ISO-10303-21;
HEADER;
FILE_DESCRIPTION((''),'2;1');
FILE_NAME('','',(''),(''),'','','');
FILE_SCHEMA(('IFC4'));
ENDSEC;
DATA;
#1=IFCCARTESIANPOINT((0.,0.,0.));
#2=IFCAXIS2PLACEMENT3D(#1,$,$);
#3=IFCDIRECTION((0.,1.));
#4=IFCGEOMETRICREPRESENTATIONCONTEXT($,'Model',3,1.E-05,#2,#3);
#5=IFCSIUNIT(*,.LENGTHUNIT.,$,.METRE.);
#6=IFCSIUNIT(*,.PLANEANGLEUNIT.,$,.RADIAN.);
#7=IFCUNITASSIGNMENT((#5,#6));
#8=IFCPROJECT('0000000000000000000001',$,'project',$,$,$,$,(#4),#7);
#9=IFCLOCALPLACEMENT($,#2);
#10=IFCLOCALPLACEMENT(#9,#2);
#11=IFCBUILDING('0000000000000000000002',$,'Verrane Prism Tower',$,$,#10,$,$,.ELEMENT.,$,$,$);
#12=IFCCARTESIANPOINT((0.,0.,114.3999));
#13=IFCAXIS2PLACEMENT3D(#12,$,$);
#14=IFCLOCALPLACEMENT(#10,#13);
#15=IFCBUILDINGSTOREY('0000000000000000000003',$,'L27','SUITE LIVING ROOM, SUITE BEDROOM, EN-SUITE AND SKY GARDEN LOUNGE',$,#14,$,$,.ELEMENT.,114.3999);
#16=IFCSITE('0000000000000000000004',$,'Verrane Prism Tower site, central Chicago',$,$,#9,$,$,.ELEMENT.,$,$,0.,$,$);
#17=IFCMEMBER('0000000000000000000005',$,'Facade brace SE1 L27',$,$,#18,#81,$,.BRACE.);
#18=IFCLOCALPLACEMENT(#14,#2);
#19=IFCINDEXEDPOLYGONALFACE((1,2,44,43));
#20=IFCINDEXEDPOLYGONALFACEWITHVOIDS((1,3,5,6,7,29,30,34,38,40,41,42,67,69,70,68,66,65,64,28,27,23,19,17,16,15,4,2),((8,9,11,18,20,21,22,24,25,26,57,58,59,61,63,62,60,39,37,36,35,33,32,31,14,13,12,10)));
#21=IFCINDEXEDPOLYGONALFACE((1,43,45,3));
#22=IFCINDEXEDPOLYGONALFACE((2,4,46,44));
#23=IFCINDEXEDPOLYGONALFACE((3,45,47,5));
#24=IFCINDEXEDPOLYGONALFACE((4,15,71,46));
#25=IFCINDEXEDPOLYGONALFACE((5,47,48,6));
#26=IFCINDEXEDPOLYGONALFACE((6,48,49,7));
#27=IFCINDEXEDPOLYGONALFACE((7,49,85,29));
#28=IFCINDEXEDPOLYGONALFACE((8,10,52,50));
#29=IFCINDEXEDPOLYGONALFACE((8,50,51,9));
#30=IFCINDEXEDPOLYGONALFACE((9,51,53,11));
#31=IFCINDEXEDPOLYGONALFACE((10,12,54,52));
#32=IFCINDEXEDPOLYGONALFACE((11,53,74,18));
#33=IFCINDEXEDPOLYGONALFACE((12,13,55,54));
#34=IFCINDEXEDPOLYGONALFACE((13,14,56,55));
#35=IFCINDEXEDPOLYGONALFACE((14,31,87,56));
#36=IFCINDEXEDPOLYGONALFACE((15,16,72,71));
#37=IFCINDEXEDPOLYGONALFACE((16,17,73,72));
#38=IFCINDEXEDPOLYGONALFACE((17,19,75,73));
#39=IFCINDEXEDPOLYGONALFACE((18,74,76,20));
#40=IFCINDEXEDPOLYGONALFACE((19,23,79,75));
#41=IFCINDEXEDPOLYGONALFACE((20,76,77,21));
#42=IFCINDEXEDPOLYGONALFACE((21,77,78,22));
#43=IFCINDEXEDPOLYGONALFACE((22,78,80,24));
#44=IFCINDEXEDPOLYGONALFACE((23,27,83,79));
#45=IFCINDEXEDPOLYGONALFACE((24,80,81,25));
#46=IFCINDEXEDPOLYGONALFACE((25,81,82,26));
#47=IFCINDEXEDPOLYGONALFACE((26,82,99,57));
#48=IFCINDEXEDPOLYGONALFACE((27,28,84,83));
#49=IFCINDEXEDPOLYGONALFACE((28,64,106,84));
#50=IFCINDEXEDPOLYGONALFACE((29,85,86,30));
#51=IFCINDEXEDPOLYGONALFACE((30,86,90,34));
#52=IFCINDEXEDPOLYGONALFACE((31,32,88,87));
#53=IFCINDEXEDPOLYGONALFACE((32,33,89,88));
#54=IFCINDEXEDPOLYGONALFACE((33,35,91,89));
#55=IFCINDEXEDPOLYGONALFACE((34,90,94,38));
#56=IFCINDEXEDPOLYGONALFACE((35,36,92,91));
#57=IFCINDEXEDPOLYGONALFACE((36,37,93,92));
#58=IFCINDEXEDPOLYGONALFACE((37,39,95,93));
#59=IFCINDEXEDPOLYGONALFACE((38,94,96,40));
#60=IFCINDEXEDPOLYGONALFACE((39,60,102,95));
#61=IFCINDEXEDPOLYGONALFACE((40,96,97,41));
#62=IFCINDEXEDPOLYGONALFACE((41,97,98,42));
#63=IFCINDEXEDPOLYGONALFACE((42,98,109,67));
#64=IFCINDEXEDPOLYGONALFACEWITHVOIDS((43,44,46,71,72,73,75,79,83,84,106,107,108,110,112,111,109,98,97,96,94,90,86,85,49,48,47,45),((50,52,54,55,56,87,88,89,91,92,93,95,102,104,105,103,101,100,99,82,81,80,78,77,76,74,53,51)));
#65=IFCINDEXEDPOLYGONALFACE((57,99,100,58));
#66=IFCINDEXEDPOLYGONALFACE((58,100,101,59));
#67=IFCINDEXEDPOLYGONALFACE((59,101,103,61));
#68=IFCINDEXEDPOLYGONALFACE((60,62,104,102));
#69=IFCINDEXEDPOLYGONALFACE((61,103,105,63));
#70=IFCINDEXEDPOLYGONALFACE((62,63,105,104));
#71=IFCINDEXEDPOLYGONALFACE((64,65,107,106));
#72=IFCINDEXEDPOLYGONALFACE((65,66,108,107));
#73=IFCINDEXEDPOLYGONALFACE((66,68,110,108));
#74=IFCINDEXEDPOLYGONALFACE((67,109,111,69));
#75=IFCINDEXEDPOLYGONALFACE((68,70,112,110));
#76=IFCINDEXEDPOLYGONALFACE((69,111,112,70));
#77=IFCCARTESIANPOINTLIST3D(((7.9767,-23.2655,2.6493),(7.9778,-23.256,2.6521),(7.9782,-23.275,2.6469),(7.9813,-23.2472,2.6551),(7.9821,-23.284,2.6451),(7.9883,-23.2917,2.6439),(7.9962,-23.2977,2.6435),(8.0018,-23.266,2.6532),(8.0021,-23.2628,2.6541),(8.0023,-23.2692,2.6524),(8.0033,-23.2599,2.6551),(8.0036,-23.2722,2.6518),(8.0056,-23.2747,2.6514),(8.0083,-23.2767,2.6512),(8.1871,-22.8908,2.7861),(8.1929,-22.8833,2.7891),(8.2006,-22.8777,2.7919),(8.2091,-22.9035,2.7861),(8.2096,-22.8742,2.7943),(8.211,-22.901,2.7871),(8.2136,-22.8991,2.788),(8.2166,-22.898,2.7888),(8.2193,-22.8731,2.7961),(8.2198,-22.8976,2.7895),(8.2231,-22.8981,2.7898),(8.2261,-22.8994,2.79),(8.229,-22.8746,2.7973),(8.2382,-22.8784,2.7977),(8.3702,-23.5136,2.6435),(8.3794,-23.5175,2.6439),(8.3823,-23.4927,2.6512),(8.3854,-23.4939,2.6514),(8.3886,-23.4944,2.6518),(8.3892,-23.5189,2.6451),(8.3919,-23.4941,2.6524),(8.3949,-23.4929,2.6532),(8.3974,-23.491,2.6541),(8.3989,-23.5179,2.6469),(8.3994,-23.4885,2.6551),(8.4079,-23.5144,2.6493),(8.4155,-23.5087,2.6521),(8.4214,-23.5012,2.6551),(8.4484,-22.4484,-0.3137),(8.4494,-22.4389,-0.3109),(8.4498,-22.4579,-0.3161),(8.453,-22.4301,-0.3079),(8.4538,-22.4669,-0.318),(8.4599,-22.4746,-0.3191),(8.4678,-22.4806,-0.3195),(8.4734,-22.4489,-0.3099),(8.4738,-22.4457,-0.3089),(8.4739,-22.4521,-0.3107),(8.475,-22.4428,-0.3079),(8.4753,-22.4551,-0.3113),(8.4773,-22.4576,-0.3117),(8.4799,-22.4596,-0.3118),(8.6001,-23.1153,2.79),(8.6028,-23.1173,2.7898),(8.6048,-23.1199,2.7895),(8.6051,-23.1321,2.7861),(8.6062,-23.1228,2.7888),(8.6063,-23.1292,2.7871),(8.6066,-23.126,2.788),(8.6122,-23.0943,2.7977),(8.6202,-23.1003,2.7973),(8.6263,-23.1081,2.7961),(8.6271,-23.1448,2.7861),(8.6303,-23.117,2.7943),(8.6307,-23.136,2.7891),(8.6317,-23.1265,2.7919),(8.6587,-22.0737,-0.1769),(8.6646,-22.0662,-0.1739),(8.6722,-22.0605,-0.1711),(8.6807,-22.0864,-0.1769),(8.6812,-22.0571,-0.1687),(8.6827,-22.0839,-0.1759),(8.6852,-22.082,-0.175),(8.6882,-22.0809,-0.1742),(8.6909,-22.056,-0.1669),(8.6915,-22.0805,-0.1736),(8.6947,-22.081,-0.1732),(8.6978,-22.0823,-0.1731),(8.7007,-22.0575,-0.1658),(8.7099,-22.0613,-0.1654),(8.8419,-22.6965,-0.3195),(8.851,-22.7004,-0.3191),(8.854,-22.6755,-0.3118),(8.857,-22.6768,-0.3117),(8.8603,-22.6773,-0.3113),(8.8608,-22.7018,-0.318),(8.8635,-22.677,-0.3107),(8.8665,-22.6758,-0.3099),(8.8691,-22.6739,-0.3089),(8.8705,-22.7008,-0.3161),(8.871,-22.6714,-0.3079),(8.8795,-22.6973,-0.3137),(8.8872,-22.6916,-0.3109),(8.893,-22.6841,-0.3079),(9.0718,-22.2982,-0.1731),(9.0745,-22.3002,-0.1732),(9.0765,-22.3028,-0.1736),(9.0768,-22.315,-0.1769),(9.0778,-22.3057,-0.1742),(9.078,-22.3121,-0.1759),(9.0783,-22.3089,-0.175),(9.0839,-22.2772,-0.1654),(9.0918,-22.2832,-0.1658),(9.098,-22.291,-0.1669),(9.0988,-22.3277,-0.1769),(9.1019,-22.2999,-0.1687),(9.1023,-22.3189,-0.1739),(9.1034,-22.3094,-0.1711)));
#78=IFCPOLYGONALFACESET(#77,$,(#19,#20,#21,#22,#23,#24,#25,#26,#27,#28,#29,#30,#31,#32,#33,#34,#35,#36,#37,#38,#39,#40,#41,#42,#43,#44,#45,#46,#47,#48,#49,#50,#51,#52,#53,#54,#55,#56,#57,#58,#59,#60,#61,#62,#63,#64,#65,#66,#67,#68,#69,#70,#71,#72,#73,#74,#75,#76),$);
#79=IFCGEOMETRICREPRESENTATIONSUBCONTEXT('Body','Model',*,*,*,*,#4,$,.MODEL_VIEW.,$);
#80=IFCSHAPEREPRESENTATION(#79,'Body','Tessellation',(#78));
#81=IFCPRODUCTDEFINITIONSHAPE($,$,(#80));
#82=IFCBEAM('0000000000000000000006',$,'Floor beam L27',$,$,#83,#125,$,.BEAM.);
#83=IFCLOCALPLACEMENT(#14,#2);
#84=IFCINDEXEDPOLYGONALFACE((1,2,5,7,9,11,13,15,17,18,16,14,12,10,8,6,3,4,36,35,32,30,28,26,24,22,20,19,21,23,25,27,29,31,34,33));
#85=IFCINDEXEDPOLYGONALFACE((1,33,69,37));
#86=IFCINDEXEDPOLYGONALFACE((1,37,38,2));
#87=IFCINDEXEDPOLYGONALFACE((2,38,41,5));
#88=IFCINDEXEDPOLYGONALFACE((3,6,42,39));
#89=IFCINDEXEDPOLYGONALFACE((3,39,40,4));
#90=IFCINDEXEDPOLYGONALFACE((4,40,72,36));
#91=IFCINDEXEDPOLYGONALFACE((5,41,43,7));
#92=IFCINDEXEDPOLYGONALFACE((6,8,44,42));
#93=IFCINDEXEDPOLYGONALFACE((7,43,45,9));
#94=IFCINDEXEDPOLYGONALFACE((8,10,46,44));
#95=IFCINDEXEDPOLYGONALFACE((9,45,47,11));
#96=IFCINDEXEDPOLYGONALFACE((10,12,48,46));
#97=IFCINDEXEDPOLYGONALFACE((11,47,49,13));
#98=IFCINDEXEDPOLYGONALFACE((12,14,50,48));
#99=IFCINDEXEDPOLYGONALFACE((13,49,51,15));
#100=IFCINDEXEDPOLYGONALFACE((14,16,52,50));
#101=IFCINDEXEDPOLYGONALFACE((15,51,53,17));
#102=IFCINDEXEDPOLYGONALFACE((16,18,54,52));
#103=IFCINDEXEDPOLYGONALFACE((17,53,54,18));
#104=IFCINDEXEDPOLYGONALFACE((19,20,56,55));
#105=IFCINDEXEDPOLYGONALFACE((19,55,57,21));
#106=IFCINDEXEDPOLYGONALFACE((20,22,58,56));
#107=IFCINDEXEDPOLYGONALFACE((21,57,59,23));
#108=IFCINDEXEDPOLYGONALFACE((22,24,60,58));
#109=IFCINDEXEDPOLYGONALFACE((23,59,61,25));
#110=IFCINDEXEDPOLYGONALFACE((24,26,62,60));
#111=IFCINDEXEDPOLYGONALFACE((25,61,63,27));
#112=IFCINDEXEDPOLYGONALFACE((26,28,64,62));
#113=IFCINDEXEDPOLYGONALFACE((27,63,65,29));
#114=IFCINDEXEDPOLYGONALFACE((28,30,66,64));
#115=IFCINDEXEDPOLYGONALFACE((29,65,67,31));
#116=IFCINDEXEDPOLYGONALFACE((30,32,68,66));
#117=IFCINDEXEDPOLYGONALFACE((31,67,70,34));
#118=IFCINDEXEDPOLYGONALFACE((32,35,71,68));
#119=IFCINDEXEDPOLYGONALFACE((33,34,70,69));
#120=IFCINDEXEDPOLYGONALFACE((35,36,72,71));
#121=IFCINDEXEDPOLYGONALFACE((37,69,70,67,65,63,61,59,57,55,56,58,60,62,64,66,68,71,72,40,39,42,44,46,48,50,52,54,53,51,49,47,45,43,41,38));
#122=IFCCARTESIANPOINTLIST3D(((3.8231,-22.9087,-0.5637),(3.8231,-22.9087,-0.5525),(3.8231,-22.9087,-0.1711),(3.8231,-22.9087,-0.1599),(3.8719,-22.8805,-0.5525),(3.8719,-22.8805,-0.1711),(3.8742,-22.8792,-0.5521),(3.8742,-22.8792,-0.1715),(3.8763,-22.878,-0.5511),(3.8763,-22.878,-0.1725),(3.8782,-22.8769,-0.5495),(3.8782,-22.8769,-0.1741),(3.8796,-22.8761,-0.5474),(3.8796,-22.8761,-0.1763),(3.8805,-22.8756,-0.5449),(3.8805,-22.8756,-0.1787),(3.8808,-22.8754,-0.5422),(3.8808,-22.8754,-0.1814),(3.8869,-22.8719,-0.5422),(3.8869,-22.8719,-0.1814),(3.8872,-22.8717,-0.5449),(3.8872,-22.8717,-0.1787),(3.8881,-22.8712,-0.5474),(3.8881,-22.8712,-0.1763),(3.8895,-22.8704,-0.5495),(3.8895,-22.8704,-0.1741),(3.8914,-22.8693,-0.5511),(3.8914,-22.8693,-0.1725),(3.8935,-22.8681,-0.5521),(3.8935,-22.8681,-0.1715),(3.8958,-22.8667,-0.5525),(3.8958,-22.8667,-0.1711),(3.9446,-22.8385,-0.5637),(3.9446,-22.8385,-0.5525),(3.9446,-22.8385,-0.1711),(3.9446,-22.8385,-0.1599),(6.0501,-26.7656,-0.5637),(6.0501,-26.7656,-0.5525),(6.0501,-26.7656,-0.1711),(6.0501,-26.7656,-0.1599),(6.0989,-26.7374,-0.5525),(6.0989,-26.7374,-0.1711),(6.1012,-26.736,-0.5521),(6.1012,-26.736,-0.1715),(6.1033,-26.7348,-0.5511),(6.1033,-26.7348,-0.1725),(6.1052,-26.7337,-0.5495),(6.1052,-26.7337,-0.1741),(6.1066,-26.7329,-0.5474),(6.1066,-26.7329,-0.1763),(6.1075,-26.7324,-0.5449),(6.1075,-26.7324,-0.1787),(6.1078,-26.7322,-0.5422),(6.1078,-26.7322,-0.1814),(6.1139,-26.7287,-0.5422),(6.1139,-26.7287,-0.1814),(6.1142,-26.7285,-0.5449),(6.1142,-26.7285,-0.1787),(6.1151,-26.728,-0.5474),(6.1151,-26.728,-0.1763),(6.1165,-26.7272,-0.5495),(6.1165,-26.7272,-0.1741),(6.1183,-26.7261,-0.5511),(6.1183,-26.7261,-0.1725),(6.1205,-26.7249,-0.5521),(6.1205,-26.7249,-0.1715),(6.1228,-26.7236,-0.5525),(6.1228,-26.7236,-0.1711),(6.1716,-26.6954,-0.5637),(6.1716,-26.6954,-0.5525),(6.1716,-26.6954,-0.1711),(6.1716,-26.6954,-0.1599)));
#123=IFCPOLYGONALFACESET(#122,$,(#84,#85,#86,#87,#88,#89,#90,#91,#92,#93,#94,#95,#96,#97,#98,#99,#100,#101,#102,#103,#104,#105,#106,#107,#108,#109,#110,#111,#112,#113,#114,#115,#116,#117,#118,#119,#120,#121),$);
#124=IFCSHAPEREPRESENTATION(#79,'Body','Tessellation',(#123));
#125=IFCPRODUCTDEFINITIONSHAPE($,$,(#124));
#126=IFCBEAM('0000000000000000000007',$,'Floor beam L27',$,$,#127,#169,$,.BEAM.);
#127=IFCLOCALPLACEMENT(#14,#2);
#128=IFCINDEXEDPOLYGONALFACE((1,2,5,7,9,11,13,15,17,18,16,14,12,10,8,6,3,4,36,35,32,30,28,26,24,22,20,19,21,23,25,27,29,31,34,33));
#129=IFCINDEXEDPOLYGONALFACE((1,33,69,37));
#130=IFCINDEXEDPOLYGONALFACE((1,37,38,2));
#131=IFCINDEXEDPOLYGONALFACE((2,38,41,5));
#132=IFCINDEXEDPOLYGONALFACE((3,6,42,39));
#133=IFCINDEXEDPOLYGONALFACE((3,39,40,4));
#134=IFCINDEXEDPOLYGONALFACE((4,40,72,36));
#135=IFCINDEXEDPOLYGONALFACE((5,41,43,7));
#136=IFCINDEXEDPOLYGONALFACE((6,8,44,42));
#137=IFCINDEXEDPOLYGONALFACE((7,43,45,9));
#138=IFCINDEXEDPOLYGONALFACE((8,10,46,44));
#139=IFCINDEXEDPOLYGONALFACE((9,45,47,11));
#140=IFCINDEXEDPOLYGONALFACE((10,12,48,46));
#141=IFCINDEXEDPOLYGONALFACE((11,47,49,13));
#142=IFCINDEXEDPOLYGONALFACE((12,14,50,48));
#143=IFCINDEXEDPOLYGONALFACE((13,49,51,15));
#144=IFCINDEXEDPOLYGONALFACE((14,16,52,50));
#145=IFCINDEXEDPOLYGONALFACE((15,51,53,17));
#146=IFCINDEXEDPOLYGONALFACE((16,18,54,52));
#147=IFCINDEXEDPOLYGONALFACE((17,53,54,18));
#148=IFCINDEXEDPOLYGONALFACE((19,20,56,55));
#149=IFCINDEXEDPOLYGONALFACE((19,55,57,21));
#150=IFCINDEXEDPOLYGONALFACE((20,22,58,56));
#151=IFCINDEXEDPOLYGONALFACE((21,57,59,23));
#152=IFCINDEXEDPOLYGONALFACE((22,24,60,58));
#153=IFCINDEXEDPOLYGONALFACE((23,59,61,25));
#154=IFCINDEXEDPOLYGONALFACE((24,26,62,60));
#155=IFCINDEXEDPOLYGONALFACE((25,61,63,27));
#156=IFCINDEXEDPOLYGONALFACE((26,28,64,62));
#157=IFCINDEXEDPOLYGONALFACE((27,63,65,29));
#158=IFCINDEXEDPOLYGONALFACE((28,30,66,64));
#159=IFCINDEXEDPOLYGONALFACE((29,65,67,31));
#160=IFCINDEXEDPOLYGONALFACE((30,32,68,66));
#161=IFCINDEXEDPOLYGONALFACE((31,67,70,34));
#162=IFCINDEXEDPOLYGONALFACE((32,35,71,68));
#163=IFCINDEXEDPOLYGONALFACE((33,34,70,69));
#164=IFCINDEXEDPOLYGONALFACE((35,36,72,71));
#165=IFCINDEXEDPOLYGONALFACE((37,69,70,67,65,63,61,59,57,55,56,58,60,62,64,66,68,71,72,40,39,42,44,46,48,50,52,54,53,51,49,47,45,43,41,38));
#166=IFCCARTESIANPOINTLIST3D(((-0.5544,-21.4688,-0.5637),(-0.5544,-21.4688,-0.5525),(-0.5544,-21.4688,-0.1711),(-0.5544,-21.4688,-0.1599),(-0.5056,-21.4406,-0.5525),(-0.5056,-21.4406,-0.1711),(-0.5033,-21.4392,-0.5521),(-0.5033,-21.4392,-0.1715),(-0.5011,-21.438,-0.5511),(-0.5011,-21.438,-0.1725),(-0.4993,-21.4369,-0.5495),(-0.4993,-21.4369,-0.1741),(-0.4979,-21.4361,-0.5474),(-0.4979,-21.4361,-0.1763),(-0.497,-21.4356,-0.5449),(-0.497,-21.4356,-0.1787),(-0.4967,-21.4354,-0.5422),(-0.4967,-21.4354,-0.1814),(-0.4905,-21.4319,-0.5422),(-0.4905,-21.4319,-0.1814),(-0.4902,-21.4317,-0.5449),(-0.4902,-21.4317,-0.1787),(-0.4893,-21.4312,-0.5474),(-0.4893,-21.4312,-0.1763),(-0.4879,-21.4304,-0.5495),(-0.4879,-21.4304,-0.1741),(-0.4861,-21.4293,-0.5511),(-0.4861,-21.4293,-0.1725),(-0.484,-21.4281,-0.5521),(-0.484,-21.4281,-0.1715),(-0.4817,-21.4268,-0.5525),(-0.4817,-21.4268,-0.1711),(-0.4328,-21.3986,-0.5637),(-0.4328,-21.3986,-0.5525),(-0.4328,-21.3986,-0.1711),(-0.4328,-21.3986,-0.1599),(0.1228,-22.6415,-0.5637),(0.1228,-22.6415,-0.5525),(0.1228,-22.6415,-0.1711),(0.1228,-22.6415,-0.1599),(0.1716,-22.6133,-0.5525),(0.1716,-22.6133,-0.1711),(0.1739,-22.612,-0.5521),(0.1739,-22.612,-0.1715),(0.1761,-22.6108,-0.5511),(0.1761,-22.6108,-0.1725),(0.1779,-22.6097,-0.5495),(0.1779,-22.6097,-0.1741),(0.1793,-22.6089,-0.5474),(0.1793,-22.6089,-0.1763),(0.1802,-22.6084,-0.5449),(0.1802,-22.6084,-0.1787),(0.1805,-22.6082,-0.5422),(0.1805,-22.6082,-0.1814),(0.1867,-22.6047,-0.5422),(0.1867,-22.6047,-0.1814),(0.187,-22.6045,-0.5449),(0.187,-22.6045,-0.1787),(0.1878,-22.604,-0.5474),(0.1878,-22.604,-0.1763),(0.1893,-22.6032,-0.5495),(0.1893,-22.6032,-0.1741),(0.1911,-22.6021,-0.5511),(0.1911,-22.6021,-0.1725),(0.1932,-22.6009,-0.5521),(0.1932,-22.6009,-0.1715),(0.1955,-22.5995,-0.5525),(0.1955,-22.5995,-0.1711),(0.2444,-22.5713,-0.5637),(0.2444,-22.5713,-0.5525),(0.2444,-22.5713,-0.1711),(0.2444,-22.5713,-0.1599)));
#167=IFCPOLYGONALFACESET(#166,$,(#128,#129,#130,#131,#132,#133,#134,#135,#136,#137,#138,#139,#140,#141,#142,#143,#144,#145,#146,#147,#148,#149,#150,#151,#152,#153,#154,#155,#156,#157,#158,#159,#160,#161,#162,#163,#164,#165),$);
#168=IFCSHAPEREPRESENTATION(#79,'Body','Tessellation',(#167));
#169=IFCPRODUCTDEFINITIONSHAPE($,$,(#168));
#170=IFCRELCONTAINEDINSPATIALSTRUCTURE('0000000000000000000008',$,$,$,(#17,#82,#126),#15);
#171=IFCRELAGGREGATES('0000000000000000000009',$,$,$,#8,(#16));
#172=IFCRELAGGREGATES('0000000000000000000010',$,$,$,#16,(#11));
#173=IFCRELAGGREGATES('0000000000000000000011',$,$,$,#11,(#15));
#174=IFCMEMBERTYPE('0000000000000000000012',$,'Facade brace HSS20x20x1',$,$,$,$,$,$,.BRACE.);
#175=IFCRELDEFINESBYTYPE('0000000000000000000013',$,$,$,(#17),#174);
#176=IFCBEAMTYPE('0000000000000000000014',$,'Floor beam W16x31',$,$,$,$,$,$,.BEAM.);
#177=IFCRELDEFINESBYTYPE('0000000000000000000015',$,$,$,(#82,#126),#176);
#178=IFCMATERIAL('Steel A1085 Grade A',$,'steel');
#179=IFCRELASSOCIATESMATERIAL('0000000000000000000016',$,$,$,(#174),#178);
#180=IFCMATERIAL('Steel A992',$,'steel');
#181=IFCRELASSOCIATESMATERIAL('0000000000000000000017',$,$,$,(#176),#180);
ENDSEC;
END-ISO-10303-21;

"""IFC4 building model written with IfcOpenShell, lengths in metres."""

from ifc_helpers import new_model, si_unit, direction, frame, origin, origin_2d, place, context, subcontext, project, spatial, hollow_rectangle, i_section, extrude, material, material_profile, profile_set, type_object, element, save


model = new_model("IFC4")

# Units and contexts
model_context = context("Model", 3, precision=1e-05, world=origin(), true_north=direction((0.0, 1.0)))
body_context = subcontext(model_context, "Body", "Model", "MODEL_VIEW")
ifc_project = project(units=[si_unit("LENGTHUNIT", "METRE"), si_unit("PLANEANGLEUNIT", "RADIAN")], contexts=[model_context])

# Site, building, storey
site_placement = place(None, origin())
site = spatial("IfcSite", under=ifc_project, at=site_placement, Name="Verrane Prism Tower site, central Chicago", CompositionType="ELEMENT", RefElevation=0.0)
building_placement = place(site_placement, origin())
building = spatial("IfcBuilding", under=site, at=building_placement, Name="Verrane Prism Tower", CompositionType="ELEMENT")
storey_placement = place(building_placement, frame((0.0, 0.0, 114.3999)))
storey = spatial("IfcBuildingStorey", under=building, at=storey_placement, Name="L27", Description="SUITE LIVING ROOM, SUITE BEDROOM, EN-SUITE AND SKY GARDEN LOUNGE", CompositionType="ELEMENT", Elevation=114.3999)

# Member
ifc_material_1 = material(Name="Steel A1085 Grade A", Category="steel")
ifc_material_profile_1 = material_profile(ifc_material_1, hollow_rectangle(XDim=0.5081, YDim=0.5081, WallThickness=0.0254, InnerFilletRadius=0.0127, OuterFilletRadius=0.0381, at=origin_2d()), Name="HSS20x20x1")
ifc_profile_set_1 = profile_set([ifc_material_profile_1], Name="Steel A1085 Grade A")
member_type_1 = type_object("IfcMemberType", Name="Facade brace HSS20x20x1", PredefinedType="BRACE", material=ifc_profile_set_1)
for number, where, z_axis, x_axis, name in (
    (1, (8.7759, -22.3789, -0.2424), (-0.151679, -0.262769, 0.952862), (0.866069, -0.499924, 0.0), "Facade brace SE1 L27"),
):
    element("IfcMember", number, at=place(storey_placement, frame(where, z_axis=z_axis, x_axis=x_axis)), inside=storey, type_object=member_type_1, Name=name, PredefinedType="BRACE", context=body_context, shape_type="SweptSolid", body=[
        extrude(hollow_rectangle(XDim=0.5081, YDim=0.5081, WallThickness=0.0254, InnerFilletRadius=0.0127, OuterFilletRadius=0.0381, at=origin_2d()), origin(), (0.0, 0.0, 1.0), 3.1096),
    ])

# Beams
ifc_material_2 = material(Name="Steel A992", Category="steel")
ifc_material_profile_2 = material_profile(ifc_material_2, i_section(OverallWidth=0.1404, OverallDepth=0.4038, WebThickness=0.0071, FlangeThickness=0.0112, FilletRadius=0.0103, at=origin_2d()), Name="W16x31")
ifc_profile_set_2 = profile_set([ifc_material_profile_2], Name="Steel A992")
beam_type_1 = type_object("IfcBeamType", Name="Floor beam W16x31", PredefinedType="BEAM", material=ifc_profile_set_2)
beam_1_placement = place(storey_placement, frame((6.1108, -26.7305, -0.3618), z_axis=(-0.500042, 0.866001, 0.0), x_axis=(-0.866001, -0.500042, 0.0)))
element("IfcBeam", 2, at=beam_1_placement, inside=storey, type_object=beam_type_1, Name="Floor beam L27", PredefinedType="BEAM", context=body_context, shape_type="SweptSolid", body=[
    extrude(i_section(OverallWidth=0.1404, OverallDepth=0.4038, WebThickness=0.0071, FlangeThickness=0.0112, FilletRadius=0.0103, at=origin_2d()), origin(), (0.0, 0.0, 1.0), 4.4536),
])
beam_2_placement = place(storey_placement, frame((0.1836, -22.6064, -0.3618), z_axis=(-0.500055, 0.865993, 0.0), x_axis=(-0.865993, -0.500055, 0.0)))
element("IfcBeam", 3, at=beam_2_placement, inside=storey, type_object=beam_type_1, Name="Floor beam L27", PredefinedType="BEAM", context=body_context, shape_type="SweptSolid", body=[
    extrude(i_section(OverallWidth=0.1404, OverallDepth=0.4038, WebThickness=0.0071, FlangeThickness=0.0112, FilletRadius=0.0103, at=origin_2d()), origin(), (0.0, 0.0, 1.0), 1.3542),
])

save(model, "model.ifc")
